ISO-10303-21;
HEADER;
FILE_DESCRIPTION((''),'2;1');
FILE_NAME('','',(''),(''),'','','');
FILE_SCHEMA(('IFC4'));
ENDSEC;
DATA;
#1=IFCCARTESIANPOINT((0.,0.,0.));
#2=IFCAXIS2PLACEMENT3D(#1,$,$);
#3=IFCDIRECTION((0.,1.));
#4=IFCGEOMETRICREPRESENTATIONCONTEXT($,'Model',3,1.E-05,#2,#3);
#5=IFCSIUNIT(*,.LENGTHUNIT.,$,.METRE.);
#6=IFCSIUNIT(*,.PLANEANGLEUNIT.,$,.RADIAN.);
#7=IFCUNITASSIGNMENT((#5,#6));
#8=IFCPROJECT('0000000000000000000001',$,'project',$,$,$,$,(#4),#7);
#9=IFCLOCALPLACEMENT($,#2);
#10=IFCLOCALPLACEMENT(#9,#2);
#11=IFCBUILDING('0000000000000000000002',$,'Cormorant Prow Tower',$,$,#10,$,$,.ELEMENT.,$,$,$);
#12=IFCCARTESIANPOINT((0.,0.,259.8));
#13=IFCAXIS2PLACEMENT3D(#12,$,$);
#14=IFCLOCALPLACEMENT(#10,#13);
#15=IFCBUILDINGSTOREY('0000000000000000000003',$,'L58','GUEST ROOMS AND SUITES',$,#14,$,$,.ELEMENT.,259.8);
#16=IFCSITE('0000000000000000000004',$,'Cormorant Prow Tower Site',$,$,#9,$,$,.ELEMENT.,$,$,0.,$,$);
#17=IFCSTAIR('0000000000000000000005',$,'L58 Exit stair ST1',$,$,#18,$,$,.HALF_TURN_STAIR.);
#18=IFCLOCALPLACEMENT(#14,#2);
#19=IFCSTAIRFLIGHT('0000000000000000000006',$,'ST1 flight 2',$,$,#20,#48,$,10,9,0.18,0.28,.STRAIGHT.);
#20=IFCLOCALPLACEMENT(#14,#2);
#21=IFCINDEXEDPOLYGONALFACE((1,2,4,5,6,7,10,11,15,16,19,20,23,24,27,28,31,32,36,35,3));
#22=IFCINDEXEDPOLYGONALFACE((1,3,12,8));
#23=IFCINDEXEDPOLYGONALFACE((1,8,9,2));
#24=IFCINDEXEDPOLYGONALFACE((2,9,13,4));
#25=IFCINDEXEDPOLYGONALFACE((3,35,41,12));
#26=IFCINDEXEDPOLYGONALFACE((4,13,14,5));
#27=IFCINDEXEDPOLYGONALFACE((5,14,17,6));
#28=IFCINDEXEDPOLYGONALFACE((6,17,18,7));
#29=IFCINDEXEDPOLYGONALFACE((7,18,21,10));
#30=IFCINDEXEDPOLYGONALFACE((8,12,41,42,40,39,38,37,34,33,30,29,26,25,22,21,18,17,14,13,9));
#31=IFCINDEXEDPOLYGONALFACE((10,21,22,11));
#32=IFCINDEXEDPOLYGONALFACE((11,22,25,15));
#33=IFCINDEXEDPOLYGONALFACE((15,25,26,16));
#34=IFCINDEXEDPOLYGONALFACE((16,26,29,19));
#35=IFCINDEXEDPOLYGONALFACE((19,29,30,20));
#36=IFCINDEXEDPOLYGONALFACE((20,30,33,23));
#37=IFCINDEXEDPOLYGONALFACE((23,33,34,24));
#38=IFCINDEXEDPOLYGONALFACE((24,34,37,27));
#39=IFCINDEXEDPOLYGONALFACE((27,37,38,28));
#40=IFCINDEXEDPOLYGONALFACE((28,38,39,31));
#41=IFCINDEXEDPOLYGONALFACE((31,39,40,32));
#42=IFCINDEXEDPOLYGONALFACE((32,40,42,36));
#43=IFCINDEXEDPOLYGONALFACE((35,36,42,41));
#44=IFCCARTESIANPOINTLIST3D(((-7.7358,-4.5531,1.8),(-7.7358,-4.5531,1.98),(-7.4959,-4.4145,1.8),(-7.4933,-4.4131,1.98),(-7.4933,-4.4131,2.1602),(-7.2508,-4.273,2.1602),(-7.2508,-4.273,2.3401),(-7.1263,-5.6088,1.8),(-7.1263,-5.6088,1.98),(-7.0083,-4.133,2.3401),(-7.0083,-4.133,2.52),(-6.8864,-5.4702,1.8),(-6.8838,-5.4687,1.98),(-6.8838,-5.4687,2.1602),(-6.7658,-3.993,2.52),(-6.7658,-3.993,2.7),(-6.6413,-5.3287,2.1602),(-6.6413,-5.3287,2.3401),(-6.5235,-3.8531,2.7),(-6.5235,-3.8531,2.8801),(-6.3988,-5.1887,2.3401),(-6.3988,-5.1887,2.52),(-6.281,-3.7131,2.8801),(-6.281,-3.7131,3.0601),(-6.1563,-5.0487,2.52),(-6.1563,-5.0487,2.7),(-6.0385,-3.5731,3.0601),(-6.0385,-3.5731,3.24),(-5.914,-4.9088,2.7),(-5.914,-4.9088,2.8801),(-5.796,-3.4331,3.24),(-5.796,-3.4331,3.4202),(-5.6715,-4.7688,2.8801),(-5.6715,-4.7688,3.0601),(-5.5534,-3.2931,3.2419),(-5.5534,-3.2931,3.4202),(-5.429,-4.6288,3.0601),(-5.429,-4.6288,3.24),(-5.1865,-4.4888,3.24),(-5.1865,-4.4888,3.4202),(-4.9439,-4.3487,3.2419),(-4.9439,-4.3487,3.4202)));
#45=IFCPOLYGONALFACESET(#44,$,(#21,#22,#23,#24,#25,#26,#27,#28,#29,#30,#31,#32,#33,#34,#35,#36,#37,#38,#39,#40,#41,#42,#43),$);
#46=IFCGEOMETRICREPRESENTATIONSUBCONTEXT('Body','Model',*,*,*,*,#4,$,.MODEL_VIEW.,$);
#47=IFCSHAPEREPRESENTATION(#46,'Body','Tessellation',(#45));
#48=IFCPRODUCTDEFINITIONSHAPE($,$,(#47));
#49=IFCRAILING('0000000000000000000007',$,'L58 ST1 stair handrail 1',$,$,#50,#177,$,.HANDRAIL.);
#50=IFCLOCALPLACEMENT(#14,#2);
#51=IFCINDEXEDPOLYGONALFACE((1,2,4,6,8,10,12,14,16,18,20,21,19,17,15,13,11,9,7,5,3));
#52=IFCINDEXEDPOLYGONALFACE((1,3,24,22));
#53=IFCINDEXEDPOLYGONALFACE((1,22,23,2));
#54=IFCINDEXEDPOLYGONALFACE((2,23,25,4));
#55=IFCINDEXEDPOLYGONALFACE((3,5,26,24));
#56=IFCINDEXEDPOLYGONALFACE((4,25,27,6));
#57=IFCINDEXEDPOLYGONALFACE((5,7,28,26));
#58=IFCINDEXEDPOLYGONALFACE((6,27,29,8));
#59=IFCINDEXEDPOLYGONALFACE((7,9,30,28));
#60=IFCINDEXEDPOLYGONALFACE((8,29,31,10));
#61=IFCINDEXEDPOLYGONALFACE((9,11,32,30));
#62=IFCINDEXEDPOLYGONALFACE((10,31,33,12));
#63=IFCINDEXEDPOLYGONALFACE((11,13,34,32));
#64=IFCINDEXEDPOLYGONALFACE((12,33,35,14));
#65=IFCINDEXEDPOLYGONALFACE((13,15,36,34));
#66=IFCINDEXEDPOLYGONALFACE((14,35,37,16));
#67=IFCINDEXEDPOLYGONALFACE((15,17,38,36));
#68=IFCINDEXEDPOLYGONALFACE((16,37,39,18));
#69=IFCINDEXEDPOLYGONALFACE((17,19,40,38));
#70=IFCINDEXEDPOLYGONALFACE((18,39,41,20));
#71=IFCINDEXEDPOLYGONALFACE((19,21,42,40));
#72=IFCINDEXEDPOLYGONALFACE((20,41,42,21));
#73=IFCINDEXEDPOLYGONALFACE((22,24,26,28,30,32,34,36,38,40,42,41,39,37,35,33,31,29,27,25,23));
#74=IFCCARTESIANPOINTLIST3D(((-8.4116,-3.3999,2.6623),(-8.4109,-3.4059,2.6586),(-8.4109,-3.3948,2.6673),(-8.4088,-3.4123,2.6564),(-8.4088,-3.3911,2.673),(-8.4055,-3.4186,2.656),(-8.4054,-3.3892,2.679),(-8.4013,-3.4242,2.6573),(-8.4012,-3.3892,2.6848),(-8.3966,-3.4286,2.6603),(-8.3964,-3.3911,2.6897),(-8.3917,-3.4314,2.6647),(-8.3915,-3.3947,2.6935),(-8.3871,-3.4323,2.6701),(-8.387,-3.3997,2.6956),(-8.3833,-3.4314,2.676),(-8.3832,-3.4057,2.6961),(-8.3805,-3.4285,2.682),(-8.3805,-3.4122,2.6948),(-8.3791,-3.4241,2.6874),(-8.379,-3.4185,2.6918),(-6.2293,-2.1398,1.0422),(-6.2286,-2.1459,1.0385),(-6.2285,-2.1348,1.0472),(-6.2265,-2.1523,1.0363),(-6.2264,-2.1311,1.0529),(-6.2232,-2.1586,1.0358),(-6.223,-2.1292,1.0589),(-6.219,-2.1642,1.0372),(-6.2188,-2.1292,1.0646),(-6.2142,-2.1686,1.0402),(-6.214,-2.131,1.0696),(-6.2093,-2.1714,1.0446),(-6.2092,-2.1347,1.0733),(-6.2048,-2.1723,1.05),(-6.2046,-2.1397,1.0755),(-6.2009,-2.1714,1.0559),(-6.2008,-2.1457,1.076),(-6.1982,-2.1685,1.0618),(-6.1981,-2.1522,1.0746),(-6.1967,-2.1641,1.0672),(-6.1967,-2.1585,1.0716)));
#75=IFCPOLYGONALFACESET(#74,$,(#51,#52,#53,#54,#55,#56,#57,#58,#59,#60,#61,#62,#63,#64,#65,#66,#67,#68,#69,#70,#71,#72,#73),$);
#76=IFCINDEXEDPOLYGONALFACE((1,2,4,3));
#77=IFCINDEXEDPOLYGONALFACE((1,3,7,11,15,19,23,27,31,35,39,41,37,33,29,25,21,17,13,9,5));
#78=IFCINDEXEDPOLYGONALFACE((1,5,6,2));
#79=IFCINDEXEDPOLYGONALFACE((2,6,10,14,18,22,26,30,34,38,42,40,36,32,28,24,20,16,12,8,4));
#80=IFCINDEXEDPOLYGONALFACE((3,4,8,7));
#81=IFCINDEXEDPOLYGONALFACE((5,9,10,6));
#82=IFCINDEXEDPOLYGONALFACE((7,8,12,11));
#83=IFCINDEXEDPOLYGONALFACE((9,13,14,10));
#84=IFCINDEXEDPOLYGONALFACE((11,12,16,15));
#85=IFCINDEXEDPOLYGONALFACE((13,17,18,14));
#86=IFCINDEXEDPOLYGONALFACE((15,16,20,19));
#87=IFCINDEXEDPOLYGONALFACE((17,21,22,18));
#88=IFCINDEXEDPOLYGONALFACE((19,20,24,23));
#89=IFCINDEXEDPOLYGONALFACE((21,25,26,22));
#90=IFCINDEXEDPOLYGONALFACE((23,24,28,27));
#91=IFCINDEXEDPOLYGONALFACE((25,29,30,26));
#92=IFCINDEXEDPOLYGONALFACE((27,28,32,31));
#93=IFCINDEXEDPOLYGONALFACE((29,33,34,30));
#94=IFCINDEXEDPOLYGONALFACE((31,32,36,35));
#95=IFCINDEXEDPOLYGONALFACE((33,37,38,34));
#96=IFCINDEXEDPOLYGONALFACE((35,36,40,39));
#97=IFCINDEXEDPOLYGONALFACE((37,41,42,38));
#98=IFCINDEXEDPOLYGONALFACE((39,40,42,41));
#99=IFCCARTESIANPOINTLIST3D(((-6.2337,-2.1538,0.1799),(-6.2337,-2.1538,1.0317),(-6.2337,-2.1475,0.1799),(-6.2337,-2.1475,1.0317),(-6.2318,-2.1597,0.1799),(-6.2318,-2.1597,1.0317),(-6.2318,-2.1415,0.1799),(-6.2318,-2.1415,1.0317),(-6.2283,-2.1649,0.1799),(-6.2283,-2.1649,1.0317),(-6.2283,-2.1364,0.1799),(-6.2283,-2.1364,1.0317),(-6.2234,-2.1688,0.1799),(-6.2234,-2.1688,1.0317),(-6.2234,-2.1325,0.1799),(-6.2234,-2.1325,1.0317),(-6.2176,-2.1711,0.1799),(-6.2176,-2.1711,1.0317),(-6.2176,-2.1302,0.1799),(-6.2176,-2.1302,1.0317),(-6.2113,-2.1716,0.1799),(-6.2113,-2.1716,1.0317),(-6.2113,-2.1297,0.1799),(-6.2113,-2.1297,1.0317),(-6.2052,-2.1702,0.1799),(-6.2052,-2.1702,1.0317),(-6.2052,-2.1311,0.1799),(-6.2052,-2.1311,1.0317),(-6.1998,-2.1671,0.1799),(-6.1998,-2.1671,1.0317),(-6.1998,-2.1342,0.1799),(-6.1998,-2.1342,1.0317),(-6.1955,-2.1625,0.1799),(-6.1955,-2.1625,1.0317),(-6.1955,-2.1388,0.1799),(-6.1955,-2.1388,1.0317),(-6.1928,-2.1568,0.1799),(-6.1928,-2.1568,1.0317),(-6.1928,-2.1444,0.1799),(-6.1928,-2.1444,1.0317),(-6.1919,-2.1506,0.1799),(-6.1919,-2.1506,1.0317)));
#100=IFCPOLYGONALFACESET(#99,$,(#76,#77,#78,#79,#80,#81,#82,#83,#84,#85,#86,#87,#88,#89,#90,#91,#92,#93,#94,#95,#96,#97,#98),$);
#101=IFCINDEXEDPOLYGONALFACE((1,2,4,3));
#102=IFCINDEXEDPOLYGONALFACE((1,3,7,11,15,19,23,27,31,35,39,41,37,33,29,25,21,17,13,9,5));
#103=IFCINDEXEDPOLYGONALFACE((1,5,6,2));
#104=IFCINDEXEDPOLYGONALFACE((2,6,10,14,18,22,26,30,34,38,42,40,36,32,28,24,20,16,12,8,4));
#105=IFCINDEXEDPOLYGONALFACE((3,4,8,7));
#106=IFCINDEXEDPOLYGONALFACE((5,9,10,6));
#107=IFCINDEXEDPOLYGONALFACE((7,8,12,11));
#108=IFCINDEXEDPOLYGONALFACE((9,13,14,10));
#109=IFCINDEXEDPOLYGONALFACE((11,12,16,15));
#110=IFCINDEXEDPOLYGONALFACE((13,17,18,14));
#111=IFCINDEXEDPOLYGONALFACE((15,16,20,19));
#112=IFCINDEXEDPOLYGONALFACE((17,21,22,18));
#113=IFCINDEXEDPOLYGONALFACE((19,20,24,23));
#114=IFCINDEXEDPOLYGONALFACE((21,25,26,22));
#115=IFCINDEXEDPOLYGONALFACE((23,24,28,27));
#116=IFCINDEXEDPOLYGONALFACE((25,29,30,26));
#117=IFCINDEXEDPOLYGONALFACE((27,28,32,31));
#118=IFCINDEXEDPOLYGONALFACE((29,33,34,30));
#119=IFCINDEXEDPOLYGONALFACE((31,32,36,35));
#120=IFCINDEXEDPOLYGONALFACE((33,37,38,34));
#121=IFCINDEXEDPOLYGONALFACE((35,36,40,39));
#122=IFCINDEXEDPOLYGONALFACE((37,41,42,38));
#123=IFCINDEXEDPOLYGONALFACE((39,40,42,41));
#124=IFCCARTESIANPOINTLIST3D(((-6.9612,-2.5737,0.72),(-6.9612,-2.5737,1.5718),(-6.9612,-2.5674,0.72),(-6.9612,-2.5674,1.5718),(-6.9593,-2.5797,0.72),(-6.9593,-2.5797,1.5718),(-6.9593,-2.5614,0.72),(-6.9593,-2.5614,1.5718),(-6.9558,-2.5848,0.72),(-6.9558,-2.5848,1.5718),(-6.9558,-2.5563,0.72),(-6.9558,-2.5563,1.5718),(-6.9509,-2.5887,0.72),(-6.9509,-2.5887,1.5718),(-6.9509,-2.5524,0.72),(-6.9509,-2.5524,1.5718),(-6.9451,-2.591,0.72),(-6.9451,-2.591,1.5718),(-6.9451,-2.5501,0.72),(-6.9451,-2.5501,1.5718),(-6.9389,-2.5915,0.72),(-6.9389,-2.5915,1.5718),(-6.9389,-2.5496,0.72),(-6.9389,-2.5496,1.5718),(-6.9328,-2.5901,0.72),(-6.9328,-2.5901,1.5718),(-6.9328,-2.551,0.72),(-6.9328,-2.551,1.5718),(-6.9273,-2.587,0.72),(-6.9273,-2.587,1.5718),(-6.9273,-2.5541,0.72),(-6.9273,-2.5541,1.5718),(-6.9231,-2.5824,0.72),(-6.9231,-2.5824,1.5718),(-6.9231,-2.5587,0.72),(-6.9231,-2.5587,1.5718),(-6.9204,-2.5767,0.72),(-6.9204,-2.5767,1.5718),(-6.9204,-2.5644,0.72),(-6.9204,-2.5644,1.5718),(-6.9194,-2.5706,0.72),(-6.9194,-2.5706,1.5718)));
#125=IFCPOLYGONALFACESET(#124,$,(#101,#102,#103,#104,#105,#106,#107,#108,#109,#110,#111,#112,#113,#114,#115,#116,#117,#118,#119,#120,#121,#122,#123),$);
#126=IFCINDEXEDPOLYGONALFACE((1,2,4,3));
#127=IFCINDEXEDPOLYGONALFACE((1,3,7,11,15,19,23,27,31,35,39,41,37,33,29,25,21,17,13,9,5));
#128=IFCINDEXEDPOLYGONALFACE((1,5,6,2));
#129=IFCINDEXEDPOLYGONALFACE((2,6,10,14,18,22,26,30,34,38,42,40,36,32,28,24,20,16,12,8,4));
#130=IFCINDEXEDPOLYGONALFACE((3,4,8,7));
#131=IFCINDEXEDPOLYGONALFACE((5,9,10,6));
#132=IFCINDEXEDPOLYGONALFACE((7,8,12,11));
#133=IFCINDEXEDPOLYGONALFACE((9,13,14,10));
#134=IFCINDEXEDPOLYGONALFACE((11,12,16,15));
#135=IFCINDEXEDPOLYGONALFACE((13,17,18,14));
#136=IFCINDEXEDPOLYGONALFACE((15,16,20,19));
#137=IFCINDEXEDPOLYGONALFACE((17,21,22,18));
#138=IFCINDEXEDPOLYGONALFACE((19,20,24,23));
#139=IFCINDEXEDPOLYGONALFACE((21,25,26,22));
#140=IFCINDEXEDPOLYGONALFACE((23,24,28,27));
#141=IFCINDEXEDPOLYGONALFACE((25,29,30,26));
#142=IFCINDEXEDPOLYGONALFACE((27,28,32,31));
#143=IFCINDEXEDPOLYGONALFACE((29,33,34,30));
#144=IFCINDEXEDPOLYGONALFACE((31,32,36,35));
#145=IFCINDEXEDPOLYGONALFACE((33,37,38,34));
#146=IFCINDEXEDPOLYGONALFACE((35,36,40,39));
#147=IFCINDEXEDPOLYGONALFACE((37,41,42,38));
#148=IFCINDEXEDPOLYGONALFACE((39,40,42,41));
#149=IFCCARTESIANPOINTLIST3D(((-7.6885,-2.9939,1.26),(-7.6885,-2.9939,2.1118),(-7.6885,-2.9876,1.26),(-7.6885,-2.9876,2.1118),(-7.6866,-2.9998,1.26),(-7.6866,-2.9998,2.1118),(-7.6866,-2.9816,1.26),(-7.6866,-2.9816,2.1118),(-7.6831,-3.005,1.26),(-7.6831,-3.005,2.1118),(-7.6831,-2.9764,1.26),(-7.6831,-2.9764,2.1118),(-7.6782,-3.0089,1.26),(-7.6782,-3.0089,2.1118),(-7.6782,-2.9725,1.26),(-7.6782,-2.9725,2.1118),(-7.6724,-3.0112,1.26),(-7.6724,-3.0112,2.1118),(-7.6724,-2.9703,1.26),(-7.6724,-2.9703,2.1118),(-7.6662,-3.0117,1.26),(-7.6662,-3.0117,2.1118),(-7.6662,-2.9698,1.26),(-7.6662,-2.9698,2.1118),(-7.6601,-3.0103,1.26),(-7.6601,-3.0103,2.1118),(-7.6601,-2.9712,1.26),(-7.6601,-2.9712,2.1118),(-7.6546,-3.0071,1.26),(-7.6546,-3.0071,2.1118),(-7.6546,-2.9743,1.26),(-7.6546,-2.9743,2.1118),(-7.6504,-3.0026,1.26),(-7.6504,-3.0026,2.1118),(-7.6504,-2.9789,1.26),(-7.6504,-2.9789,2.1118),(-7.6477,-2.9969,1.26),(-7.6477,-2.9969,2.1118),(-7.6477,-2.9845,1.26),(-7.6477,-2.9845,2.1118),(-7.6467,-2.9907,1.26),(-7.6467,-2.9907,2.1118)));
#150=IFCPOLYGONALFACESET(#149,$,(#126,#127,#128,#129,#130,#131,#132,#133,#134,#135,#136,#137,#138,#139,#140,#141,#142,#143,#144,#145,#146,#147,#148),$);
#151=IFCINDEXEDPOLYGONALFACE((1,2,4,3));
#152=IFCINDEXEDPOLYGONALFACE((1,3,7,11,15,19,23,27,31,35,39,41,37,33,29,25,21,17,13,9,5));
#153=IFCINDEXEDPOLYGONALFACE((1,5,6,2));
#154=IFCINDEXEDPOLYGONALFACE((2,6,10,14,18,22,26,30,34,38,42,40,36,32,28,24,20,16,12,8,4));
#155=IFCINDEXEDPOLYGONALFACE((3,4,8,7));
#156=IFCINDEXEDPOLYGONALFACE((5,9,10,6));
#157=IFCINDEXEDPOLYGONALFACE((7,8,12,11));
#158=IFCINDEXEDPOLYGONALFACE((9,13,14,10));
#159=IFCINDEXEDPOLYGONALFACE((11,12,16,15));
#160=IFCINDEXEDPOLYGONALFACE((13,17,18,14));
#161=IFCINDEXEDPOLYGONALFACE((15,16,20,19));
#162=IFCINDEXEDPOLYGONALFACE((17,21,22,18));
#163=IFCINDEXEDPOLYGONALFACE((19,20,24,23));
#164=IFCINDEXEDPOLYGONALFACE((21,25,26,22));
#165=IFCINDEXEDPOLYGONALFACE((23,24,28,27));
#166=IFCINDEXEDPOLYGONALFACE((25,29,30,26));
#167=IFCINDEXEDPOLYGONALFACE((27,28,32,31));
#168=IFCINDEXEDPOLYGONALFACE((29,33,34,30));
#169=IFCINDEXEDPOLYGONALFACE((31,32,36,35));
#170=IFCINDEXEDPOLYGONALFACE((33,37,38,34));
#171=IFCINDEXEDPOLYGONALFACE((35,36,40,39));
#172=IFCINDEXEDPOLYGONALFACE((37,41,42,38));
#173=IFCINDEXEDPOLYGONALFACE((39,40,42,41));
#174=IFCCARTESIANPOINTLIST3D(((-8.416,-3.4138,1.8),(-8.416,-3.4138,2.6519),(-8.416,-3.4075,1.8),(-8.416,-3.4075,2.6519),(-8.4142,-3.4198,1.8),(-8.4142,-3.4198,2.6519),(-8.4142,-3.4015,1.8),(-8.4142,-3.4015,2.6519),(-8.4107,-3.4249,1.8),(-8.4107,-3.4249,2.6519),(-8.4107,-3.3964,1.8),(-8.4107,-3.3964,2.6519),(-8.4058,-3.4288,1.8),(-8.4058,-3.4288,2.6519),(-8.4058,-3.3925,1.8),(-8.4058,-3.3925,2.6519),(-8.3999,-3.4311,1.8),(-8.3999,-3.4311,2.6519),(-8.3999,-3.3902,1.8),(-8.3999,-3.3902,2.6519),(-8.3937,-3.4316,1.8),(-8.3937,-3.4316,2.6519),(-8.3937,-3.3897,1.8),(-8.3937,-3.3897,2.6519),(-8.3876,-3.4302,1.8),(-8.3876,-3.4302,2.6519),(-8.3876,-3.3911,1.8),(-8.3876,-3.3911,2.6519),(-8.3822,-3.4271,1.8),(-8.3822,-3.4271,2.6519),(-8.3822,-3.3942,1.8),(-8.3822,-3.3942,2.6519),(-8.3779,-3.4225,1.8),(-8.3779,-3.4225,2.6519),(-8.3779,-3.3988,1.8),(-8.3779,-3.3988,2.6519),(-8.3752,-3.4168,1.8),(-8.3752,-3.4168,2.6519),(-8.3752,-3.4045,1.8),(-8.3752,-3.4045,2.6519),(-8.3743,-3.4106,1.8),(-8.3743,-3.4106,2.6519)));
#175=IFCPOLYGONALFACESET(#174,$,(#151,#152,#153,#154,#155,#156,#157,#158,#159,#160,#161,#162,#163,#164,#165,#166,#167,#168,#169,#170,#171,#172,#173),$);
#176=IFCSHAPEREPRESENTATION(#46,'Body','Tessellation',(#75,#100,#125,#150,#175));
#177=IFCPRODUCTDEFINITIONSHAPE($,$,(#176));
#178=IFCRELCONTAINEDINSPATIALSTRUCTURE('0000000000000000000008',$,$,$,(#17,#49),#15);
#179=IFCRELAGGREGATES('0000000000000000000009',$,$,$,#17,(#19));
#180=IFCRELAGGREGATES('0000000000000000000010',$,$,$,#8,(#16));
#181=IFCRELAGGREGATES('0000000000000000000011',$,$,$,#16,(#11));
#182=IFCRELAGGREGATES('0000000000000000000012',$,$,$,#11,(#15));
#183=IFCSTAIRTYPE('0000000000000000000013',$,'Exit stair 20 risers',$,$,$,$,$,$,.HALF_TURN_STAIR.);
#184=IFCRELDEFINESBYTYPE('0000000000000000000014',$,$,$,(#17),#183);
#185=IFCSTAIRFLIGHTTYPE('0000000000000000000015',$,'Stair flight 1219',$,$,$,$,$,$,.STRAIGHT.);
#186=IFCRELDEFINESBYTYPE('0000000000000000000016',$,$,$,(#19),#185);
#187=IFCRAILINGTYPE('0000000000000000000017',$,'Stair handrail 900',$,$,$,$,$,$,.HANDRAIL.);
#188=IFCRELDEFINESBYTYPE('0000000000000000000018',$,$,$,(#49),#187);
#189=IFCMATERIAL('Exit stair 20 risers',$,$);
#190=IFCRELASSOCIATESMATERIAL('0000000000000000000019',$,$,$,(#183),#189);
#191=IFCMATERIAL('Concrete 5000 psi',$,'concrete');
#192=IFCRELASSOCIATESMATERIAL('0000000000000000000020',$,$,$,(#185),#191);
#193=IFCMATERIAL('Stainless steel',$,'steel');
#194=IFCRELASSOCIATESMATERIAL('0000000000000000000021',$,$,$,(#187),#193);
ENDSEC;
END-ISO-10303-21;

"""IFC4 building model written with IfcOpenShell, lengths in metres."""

from ifc_helpers import new_model, si_unit, direction, frame, origin, origin_2d, place, context, subcontext, project, spatial, polyline, circle, outline, extrude, material, type_object, element, aggregate, save


model = new_model("IFC4")

# Units and contexts
model_context = context("Model", 3, precision=1e-05, world=origin(), true_north=direction((0.0, 1.0)))
body_context = subcontext(model_context, "Body", "Model", "MODEL_VIEW")
ifc_project = project(units=[si_unit("LENGTHUNIT", "METRE"), si_unit("PLANEANGLEUNIT", "RADIAN")], contexts=[model_context])

# Site, building, storey
site_placement = place(None, origin())
site = spatial("IfcSite", under=ifc_project, at=site_placement, Name="Cormorant Prow Tower Site", CompositionType="ELEMENT", RefElevation=0.0)
building_placement = place(site_placement, origin())
building = spatial("IfcBuilding", under=site, at=building_placement, Name="Cormorant Prow Tower", CompositionType="ELEMENT")
storey_placement = place(building_placement, frame((0.0, 0.0, 259.8)))
storey = spatial("IfcBuildingStorey", under=building, at=storey_placement, Name="L58", Description="GUEST ROOMS AND SUITES", CompositionType="ELEMENT", Elevation=259.8)

# Stair, stair flight
ifc_material_1 = material(Name="Exit stair 20 risers")
stair_type = type_object("IfcStairType", Name="Exit stair 20 risers", PredefinedType="HALF_TURN_STAIR", material=ifc_material_1)
stair_placement = place(storey_placement, origin())
stair = element("IfcStair", 1, at=stair_placement, inside=storey, type_object=stair_type, Name="L58 Exit stair ST1", PredefinedType="HALF_TURN_STAIR")
ifc_material_2 = material(Name="Concrete 5000 psi", Category="concrete")
stair_flight_type = type_object("IfcStairFlightType", Name="Stair flight 1219", PredefinedType="STRAIGHT", material=ifc_material_2)
stair_flight_1_placement = place(storey_placement, frame((-7.4312, -5.0808, 1.8), z_axis=(0.0, 0.0, 1.0), x_axis=(0.866025, 0.5, 0.0)))
stair_flight_1 = element("IfcStairFlight", 2, at=stair_flight_1_placement, type_object=stair_flight_type, Name="ST1 flight 2", NumberOfRisers=10, NumberOfTreads=9, PredefinedType="STRAIGHT", RiserHeight=0.18, TreadLength=0.28, context=body_context, shape_type="SweptSolid", body=[
    extrude(outline(polyline([(0.0, 0.0), (0.0, 0.1799), (0.28, 0.1799), (0.28, 0.3601), (0.5601, 0.3601), (0.5601, 0.54), (0.8401, 0.54), (0.8401, 0.72), (1.1201, 0.72), (1.1201, 0.8999), (1.3999, 0.8999), (1.3999, 1.0801), (1.6799, 1.0801), (1.6799, 1.26), (1.96, 1.26), (1.96, 1.4399), (2.24, 1.4399), (2.24, 1.6201), (2.52, 1.6201), (2.52, 1.8), (2.52, 1.4419), (0.2771, 0.0), (0.0, 0.0)])), frame((0.0, 0.6094, 0.0), z_axis=(0.0, -1.0, 0.0), x_axis=(1.0, 0.0, 0.0)), (0.0, 0.0, 1.0), 1.219),
])
aggregate(stair, [stair_flight_1])

# Railing
ifc_material_3 = material(Name="Stainless steel", Category="steel")
railing_type_1 = type_object("IfcRailingType", Name="Stair handrail 900", PredefinedType="HANDRAIL", material=ifc_material_3)
railing_1_placement = place(storey_placement, frame((-6.2129, -2.1506, 0.1799)))
element("IfcRailing", 3, at=railing_1_placement, inside=storey, type_object=railing_type_1, Name="L58 ST1 stair handrail 1", PredefinedType="HANDRAIL", context=body_context, shape_type="SweptSolid", body=[
    extrude(circle(Radius=0.0239, at=origin_2d()), frame((0.0, 0.0, 0.876), z_axis=(-0.728464, -0.420584, 0.540786), x_axis=(0.500005, -0.866023, 0.0)), (0.0, 0.0, 1.0), 2.9958),
    extrude(circle(Radius=0.021, at=origin_2d()), origin(), (0.0, 0.0, 1.0), 0.8518),
    extrude(circle(Radius=0.021, at=origin_2d()), frame((-0.7275, -0.4199, 0.54)), (0.0, 0.0, 1.0), 0.8518),
    extrude(circle(Radius=0.021, at=origin_2d()), frame((-1.4548, -0.8401, 1.0801)), (0.0, 0.0, 1.0), 0.8518),
    extrude(circle(Radius=0.021, at=origin_2d()), frame((-2.1824, -1.26, 1.6201)), (0.0, 0.0, 1.0), 0.8518),
])

save(model, "model.ifc")
